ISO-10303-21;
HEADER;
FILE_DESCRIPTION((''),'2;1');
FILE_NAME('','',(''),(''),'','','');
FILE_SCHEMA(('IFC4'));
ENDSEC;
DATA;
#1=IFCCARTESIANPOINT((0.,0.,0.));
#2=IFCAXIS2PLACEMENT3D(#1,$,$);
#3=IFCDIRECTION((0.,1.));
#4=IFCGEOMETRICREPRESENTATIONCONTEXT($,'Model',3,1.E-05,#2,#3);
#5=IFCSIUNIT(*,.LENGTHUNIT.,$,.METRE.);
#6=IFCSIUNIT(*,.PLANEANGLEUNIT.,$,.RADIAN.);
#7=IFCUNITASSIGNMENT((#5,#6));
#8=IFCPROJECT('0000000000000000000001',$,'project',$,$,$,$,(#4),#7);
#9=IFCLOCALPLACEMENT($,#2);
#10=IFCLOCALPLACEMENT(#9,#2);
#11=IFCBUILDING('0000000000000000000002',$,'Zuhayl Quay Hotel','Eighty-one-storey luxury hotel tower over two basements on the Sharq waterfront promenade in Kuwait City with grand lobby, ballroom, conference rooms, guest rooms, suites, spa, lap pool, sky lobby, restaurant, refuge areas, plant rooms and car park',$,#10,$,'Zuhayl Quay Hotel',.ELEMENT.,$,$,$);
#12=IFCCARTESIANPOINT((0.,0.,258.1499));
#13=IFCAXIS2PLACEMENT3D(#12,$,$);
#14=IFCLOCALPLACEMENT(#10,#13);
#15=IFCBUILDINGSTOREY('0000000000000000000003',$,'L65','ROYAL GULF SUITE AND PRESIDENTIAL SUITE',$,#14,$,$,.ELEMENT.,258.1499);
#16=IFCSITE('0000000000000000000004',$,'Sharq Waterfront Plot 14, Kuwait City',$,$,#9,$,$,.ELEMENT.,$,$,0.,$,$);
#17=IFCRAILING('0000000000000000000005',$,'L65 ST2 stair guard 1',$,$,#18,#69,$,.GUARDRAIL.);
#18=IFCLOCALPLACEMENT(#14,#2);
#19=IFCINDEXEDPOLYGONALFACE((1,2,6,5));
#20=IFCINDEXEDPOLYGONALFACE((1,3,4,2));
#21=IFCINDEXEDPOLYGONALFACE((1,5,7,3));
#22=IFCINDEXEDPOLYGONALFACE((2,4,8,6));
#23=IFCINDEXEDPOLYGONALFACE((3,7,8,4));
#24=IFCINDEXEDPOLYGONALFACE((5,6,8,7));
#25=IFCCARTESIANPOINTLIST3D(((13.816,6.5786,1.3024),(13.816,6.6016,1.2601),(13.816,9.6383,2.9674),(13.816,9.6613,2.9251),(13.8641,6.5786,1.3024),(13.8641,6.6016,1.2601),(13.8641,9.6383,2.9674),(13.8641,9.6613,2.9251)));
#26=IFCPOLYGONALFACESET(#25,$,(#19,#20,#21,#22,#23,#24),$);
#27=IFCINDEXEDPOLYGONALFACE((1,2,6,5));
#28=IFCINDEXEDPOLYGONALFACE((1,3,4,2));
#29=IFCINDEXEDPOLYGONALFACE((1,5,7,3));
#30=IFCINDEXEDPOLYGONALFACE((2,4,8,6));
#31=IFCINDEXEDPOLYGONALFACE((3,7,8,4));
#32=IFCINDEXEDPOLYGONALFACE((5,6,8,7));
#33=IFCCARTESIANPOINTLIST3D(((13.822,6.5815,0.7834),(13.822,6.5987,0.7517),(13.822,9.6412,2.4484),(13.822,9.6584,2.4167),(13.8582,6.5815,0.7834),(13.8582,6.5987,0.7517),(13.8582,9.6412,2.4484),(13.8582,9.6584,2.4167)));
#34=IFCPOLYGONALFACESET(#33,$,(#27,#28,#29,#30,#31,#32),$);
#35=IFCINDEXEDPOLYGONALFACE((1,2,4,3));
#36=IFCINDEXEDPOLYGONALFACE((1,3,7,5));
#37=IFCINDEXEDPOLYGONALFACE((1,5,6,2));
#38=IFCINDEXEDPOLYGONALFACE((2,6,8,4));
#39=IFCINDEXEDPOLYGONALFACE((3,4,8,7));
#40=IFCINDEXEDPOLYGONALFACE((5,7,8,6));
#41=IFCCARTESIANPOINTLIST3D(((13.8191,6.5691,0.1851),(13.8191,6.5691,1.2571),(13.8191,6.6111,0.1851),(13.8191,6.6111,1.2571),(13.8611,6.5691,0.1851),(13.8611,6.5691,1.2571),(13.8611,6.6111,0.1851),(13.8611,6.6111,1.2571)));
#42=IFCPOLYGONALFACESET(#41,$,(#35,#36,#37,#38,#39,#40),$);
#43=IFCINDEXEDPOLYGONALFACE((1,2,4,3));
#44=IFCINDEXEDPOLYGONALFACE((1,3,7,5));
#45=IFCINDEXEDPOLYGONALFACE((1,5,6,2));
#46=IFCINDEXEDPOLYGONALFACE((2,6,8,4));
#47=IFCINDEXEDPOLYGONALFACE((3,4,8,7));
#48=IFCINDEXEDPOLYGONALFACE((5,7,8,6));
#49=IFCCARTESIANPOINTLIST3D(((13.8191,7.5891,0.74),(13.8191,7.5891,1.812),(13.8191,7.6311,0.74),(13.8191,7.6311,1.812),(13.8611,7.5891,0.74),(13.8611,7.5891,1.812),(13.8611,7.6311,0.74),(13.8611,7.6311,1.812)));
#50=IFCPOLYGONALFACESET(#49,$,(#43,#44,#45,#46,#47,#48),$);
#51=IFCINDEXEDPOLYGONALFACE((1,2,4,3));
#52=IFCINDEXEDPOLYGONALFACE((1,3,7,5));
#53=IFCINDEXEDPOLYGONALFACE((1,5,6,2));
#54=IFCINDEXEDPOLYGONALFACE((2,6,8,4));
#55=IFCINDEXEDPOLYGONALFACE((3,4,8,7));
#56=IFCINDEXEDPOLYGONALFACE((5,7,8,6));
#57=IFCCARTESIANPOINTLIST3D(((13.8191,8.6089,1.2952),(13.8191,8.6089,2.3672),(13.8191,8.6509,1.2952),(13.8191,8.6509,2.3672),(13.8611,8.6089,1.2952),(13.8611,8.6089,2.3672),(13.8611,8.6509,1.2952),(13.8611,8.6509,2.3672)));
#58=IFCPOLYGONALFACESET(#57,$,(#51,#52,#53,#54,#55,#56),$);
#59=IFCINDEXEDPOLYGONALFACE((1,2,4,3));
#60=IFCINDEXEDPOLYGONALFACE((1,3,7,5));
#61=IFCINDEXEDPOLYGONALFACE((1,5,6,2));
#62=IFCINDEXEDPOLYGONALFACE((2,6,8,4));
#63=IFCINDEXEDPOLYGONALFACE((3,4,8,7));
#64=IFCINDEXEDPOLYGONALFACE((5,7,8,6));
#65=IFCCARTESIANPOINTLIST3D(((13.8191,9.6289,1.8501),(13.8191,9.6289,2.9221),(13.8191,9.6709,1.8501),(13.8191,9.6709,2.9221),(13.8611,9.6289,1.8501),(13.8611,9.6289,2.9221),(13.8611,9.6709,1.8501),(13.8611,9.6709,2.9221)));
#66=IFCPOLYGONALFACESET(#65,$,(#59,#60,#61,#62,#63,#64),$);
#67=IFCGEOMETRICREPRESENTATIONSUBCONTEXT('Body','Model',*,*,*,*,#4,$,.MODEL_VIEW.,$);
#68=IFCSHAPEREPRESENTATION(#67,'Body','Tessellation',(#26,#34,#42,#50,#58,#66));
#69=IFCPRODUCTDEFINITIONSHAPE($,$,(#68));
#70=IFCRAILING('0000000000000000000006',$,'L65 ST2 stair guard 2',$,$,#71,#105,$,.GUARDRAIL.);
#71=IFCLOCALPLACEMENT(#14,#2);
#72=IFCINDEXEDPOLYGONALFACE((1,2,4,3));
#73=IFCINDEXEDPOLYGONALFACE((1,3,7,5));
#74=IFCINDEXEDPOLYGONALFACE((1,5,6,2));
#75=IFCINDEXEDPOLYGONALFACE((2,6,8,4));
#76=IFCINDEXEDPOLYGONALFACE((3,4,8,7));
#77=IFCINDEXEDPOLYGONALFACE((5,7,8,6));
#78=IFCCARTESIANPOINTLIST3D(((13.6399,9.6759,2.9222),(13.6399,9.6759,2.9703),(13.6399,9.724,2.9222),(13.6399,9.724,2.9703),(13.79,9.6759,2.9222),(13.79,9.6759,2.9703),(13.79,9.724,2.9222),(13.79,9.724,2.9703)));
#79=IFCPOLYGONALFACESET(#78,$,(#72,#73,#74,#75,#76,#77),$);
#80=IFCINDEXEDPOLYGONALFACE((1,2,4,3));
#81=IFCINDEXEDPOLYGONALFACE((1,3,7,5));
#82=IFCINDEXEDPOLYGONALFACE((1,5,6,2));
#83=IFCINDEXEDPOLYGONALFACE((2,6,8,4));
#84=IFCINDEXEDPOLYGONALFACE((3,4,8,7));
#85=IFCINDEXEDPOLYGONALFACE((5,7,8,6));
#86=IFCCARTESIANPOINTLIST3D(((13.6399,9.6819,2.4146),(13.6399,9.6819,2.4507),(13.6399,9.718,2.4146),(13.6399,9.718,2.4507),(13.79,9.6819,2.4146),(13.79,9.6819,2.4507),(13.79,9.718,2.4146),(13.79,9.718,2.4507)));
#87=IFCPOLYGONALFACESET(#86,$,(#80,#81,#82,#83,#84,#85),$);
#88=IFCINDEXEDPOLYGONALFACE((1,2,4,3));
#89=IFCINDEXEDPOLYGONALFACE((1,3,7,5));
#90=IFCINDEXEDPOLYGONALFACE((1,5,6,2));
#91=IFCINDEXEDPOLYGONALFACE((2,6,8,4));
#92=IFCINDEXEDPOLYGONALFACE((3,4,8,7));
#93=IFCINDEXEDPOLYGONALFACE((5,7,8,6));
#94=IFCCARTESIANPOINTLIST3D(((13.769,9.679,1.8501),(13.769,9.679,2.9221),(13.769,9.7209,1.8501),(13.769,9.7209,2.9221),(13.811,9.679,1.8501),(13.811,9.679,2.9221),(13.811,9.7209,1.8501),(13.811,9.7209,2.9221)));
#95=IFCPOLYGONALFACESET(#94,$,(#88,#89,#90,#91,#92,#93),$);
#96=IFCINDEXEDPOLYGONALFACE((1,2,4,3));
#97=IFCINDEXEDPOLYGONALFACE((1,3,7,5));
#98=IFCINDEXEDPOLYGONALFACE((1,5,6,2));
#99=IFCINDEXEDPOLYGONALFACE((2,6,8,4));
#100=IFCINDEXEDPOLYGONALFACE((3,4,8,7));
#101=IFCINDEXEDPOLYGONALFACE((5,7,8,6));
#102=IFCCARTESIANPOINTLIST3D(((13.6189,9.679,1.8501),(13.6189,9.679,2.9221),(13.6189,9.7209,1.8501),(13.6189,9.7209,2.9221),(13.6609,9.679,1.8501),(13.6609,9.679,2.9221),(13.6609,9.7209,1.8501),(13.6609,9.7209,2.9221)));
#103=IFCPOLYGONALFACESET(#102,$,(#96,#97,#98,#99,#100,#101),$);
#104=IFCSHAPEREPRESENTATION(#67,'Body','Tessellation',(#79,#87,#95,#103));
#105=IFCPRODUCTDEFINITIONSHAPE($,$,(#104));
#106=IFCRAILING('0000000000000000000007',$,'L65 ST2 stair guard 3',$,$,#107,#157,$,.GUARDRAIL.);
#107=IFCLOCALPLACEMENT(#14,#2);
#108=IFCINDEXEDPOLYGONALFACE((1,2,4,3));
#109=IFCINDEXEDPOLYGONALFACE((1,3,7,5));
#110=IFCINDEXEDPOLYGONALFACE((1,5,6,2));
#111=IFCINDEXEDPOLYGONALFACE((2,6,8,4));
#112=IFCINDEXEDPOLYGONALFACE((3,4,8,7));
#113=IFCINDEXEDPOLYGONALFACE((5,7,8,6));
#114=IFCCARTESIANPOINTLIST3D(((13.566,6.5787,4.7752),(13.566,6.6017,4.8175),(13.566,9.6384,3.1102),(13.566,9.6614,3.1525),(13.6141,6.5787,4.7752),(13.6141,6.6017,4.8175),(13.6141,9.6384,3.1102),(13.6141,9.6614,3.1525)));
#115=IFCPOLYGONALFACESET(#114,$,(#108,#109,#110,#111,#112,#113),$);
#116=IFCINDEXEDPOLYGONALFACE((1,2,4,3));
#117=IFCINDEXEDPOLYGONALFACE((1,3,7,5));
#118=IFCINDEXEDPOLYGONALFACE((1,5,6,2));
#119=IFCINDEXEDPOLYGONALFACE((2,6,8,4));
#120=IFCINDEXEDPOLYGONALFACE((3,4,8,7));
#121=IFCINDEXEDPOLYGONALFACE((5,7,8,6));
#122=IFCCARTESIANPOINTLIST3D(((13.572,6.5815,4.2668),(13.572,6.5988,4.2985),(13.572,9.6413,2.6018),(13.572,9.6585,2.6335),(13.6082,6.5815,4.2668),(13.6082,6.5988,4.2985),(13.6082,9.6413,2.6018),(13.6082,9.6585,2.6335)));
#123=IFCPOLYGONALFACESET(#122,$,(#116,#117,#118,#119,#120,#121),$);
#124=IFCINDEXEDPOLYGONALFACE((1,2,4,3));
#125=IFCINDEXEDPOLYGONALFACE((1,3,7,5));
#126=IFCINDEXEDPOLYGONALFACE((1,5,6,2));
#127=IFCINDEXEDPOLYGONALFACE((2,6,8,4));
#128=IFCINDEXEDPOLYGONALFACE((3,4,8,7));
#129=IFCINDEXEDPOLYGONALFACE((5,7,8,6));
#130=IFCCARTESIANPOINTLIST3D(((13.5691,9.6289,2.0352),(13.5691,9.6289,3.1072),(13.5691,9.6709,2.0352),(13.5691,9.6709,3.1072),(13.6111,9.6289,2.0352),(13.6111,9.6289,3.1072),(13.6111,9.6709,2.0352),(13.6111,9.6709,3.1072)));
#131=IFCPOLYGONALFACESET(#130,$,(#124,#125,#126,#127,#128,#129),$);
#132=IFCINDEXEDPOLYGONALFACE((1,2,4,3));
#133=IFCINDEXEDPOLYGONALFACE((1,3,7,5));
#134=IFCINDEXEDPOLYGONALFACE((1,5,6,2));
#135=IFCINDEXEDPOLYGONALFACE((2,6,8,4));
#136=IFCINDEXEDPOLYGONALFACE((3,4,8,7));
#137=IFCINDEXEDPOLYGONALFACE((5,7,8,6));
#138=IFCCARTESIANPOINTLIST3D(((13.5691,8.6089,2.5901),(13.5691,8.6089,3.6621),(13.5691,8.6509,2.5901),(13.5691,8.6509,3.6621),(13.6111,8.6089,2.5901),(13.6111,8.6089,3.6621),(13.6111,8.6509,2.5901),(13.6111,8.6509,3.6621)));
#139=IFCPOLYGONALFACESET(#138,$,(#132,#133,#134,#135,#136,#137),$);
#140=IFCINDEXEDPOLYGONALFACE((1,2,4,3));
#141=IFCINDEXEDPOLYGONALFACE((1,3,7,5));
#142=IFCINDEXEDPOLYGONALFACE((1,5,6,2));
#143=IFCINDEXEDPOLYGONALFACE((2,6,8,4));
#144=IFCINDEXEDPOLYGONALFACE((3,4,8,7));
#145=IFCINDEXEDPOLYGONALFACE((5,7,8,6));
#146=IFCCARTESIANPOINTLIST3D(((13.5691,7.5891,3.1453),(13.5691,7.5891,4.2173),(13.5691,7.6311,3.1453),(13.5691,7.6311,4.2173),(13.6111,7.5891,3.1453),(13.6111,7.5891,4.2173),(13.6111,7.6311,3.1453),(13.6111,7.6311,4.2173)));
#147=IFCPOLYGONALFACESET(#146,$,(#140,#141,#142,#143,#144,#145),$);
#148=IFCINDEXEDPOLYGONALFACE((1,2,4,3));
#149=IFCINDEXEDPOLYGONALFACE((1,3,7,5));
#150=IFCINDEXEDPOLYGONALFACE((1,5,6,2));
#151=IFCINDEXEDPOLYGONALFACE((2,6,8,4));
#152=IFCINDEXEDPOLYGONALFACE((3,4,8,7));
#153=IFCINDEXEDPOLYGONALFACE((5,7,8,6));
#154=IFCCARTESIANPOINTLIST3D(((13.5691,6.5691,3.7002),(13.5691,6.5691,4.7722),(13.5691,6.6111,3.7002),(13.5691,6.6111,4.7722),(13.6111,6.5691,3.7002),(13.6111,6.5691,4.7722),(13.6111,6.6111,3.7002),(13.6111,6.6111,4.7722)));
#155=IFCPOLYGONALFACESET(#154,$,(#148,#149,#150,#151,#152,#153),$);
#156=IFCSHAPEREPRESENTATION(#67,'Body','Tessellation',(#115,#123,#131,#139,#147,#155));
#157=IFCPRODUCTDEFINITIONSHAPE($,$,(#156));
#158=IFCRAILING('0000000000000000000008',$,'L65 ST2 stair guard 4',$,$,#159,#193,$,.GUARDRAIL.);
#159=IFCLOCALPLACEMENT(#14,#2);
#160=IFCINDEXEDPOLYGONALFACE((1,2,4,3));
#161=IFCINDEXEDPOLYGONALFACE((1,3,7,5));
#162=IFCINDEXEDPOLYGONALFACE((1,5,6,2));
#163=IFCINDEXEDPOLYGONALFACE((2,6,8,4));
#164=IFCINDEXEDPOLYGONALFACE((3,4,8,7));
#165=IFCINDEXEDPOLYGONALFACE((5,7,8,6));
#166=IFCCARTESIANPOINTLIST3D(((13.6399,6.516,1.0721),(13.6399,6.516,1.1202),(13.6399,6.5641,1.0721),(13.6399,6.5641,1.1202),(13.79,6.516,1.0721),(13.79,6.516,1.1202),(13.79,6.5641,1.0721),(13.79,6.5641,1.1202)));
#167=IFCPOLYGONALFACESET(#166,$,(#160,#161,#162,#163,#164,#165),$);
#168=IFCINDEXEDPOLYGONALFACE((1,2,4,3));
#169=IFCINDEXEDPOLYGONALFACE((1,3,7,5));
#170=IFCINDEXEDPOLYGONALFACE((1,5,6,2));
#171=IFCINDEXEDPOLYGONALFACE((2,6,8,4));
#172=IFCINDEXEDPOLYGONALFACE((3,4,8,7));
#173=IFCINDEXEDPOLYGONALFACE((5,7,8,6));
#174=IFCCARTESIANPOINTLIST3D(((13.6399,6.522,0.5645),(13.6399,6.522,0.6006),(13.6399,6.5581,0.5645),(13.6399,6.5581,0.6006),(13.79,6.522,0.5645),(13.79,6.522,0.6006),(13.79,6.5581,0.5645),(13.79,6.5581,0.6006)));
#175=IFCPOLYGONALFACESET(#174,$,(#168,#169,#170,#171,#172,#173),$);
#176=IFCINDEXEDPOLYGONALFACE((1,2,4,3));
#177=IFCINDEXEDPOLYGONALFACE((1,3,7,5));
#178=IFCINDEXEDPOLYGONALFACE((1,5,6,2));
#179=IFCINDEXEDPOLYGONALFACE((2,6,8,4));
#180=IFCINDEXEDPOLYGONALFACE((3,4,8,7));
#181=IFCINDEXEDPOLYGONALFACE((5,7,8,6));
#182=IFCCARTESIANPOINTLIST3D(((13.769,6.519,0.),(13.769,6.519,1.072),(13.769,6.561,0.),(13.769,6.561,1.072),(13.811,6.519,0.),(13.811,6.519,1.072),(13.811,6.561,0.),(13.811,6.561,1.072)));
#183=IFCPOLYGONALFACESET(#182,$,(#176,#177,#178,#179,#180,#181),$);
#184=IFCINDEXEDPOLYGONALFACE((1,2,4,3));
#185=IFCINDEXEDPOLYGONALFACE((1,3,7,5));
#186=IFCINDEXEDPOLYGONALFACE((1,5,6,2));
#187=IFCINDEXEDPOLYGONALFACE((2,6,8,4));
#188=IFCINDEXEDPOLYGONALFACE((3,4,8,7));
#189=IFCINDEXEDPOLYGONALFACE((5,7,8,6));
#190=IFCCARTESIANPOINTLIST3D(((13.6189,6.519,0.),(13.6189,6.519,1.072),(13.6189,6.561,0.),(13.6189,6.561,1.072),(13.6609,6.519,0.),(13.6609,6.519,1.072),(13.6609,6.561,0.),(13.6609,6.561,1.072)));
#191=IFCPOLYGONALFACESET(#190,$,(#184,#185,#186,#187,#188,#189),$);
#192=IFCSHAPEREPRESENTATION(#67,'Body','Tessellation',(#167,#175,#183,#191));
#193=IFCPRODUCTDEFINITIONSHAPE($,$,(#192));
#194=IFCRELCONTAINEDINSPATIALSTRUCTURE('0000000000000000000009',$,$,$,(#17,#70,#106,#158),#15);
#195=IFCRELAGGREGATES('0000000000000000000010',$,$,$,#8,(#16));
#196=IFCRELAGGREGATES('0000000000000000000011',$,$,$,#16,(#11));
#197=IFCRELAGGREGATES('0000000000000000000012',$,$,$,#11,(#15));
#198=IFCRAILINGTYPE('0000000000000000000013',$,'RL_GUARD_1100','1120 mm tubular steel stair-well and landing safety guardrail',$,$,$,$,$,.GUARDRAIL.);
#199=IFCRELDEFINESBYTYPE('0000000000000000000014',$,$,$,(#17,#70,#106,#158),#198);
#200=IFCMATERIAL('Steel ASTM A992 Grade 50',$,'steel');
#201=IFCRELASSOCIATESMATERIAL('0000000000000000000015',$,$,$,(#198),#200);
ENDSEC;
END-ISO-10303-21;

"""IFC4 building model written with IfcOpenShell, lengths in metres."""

from ifc_helpers import new_model, si_unit, direction, frame, origin, origin_2d, place, context, subcontext, project, spatial, rectangle, extrude, material, type_object, element, save


model = new_model("IFC4")

# Units and contexts
model_context = context("Model", 3, precision=1e-05, world=origin(), true_north=direction((0.0, 1.0)))
body_context = subcontext(model_context, "Body", "Model", "MODEL_VIEW")
ifc_project = project(units=[si_unit("LENGTHUNIT", "METRE"), si_unit("PLANEANGLEUNIT", "RADIAN")], contexts=[model_context])

# Site, building, storey
site_placement = place(None, origin())
site = spatial("IfcSite", under=ifc_project, at=site_placement, Name="Sharq Waterfront Plot 14, Kuwait City", CompositionType="ELEMENT", RefElevation=0.0)
building_placement = place(site_placement, origin())
building = spatial("IfcBuilding", under=site, at=building_placement, Name="Zuhayl Quay Hotel", Description="Eighty-one-storey luxury hotel tower over two basements on the Sharq waterfront promenade in Kuwait City with grand lobby, ballroom, conference rooms, guest rooms, suites, spa, lap pool, sky lobby, restaurant, refuge areas, plant rooms and car park", LongName="Zuhayl Quay Hotel", CompositionType="ELEMENT")
storey_placement = place(building_placement, frame((0.0, 0.0, 258.1499)))
storey = spatial("IfcBuildingStorey", under=building, at=storey_placement, Name="L65", Description="ROYAL GULF SUITE AND PRESIDENTIAL SUITE", CompositionType="ELEMENT", Elevation=258.1499)

# Shared definitions
ifc_material_1 = material(Name="Steel ASTM A992 Grade 50", Category="steel")

# Railings
railing_type_1 = type_object("IfcRailingType", Name="RL_GUARD_1100", Description="1120 mm tubular steel stair-well and landing safety guardrail", PredefinedType="GUARDRAIL", material=ifc_material_1)
railing_1_placement = place(storey_placement, frame((13.8401, 6.5901, 0.1851)))
element("IfcRailing", 1, at=railing_1_placement, inside=storey, type_object=railing_type_1, Name="L65 ST2 stair guard 1", PredefinedType="GUARDRAIL", context=body_context, shape_type="SweptSolid", body=[
    extrude(rectangle(XDim=0.0481, YDim=0.0481, at=origin_2d()), frame((0.0, 0.0, 1.0962), z_axis=(0.0, 0.878372, 0.477978), x_axis=(-1.0, 0.0, 0.0)), (0.0, 0.0, 1.0), 3.4834),
    extrude(rectangle(XDim=0.0361, YDim=0.0361, at=origin_2d()), frame((0.0, 0.0, 0.5825), z_axis=(0.0, 0.878372, 0.477978), x_axis=(-1.0, 0.0, 0.0)), (0.0, 0.0, 1.0), 3.4834),
    extrude(rectangle(XDim=0.042, YDim=0.042, at=origin_2d()), origin(), (0.0, 0.0, 1.0), 1.072),
    extrude(rectangle(XDim=0.042, YDim=0.042, at=origin_2d()), frame((0.0, 1.02, 0.5549)), (0.0, 0.0, 1.0), 1.072),
    extrude(rectangle(XDim=0.042, YDim=0.042, at=origin_2d()), frame((0.0, 2.0398, 1.1101)), (0.0, 0.0, 1.0), 1.072),
    extrude(rectangle(XDim=0.042, YDim=0.042, at=origin_2d()), frame((0.0, 3.0598, 1.665)), (0.0, 0.0, 1.0), 1.072),
])
railing_2_placement = place(storey_placement, frame((13.79, 9.7, 1.8501)))
element("IfcRailing", 2, at=railing_2_placement, inside=storey, type_object=railing_type_1, Name="L65 ST2 stair guard 2", PredefinedType="GUARDRAIL", context=body_context, shape_type="SweptSolid", body=[
    extrude(rectangle(XDim=0.0481, YDim=0.0481, at=origin_2d()), frame((0.0, 0.0, 1.0962), z_axis=(-1.0, 0.0, 0.0), x_axis=(0.0, -1.0, 0.0)), (0.0, 0.0, 1.0), 0.1501),
    extrude(rectangle(XDim=0.0361, YDim=0.0361, at=origin_2d()), frame((0.0, 0.0, 0.5825), z_axis=(-1.0, 0.0, 0.0), x_axis=(0.0, -1.0, 0.0)), (0.0, 0.0, 1.0), 0.1501),
    extrude(rectangle(XDim=0.042, YDim=0.042, at=origin_2d()), origin(), (0.0, 0.0, 1.0), 1.072),
    extrude(rectangle(XDim=0.042, YDim=0.042, at=origin_2d()), frame((-0.1501, 0.0, 0.0)), (0.0, 0.0, 1.0), 1.072),
])
railing_3_placement = place(storey_placement, frame((13.5901, 9.6499, 2.0352)))
element("IfcRailing", 3, at=railing_3_placement, inside=storey, type_object=railing_type_1, Name="L65 ST2 stair guard 3", PredefinedType="GUARDRAIL", context=body_context, shape_type="SweptSolid", body=[
    extrude(rectangle(XDim=0.0481, YDim=0.0481, at=origin_2d()), frame((0.0, 0.0, 1.0962), z_axis=(0.0, -0.878372, 0.477978), x_axis=(1.0, 0.0, 0.0)), (0.0, 0.0, 1.0), 3.4834),
    extrude(rectangle(XDim=0.0361, YDim=0.0361, at=origin_2d()), frame((0.0, 0.0, 0.5825), z_axis=(0.0, -0.878372, 0.477978), x_axis=(1.0, 0.0, 0.0)), (0.0, 0.0, 1.0), 3.4834),
    extrude(rectangle(XDim=0.042, YDim=0.042, at=origin_2d()), origin(), (0.0, 0.0, 1.0), 1.072),
    extrude(rectangle(XDim=0.042, YDim=0.042, at=origin_2d()), frame((0.0, -1.02, 0.5549)), (0.0, 0.0, 1.0), 1.072),
    extrude(rectangle(XDim=0.042, YDim=0.042, at=origin_2d()), frame((0.0, -2.0398, 1.1101)), (0.0, 0.0, 1.0), 1.072),
    extrude(rectangle(XDim=0.042, YDim=0.042, at=origin_2d()), frame((0.0, -3.0598, 1.665)), (0.0, 0.0, 1.0), 1.072),
])
railing_4_placement = place(storey_placement, frame((13.79, 6.54, 0.0)))
element("IfcRailing", 4, at=railing_4_placement, inside=storey, type_object=railing_type_1, Name="L65 ST2 stair guard 4", PredefinedType="GUARDRAIL", context=body_context, shape_type="SweptSolid", body=[
    extrude(rectangle(XDim=0.0481, YDim=0.0481, at=origin_2d()), frame((0.0, 0.0, 1.0962), z_axis=(-1.0, 0.0, 0.0), x_axis=(0.0, -1.0, 0.0)), (0.0, 0.0, 1.0), 0.1501),
    extrude(rectangle(XDim=0.0361, YDim=0.0361, at=origin_2d()), frame((0.0, 0.0, 0.5825), z_axis=(-1.0, 0.0, 0.0), x_axis=(0.0, -1.0, 0.0)), (0.0, 0.0, 1.0), 0.1501),
    extrude(rectangle(XDim=0.042, YDim=0.042, at=origin_2d()), origin(), (0.0, 0.0, 1.0), 1.072),
    extrude(rectangle(XDim=0.042, YDim=0.042, at=origin_2d()), frame((-0.1501, 0.0, 0.0)), (0.0, 0.0, 1.0), 1.072),
])

save(model, "model.ifc")
